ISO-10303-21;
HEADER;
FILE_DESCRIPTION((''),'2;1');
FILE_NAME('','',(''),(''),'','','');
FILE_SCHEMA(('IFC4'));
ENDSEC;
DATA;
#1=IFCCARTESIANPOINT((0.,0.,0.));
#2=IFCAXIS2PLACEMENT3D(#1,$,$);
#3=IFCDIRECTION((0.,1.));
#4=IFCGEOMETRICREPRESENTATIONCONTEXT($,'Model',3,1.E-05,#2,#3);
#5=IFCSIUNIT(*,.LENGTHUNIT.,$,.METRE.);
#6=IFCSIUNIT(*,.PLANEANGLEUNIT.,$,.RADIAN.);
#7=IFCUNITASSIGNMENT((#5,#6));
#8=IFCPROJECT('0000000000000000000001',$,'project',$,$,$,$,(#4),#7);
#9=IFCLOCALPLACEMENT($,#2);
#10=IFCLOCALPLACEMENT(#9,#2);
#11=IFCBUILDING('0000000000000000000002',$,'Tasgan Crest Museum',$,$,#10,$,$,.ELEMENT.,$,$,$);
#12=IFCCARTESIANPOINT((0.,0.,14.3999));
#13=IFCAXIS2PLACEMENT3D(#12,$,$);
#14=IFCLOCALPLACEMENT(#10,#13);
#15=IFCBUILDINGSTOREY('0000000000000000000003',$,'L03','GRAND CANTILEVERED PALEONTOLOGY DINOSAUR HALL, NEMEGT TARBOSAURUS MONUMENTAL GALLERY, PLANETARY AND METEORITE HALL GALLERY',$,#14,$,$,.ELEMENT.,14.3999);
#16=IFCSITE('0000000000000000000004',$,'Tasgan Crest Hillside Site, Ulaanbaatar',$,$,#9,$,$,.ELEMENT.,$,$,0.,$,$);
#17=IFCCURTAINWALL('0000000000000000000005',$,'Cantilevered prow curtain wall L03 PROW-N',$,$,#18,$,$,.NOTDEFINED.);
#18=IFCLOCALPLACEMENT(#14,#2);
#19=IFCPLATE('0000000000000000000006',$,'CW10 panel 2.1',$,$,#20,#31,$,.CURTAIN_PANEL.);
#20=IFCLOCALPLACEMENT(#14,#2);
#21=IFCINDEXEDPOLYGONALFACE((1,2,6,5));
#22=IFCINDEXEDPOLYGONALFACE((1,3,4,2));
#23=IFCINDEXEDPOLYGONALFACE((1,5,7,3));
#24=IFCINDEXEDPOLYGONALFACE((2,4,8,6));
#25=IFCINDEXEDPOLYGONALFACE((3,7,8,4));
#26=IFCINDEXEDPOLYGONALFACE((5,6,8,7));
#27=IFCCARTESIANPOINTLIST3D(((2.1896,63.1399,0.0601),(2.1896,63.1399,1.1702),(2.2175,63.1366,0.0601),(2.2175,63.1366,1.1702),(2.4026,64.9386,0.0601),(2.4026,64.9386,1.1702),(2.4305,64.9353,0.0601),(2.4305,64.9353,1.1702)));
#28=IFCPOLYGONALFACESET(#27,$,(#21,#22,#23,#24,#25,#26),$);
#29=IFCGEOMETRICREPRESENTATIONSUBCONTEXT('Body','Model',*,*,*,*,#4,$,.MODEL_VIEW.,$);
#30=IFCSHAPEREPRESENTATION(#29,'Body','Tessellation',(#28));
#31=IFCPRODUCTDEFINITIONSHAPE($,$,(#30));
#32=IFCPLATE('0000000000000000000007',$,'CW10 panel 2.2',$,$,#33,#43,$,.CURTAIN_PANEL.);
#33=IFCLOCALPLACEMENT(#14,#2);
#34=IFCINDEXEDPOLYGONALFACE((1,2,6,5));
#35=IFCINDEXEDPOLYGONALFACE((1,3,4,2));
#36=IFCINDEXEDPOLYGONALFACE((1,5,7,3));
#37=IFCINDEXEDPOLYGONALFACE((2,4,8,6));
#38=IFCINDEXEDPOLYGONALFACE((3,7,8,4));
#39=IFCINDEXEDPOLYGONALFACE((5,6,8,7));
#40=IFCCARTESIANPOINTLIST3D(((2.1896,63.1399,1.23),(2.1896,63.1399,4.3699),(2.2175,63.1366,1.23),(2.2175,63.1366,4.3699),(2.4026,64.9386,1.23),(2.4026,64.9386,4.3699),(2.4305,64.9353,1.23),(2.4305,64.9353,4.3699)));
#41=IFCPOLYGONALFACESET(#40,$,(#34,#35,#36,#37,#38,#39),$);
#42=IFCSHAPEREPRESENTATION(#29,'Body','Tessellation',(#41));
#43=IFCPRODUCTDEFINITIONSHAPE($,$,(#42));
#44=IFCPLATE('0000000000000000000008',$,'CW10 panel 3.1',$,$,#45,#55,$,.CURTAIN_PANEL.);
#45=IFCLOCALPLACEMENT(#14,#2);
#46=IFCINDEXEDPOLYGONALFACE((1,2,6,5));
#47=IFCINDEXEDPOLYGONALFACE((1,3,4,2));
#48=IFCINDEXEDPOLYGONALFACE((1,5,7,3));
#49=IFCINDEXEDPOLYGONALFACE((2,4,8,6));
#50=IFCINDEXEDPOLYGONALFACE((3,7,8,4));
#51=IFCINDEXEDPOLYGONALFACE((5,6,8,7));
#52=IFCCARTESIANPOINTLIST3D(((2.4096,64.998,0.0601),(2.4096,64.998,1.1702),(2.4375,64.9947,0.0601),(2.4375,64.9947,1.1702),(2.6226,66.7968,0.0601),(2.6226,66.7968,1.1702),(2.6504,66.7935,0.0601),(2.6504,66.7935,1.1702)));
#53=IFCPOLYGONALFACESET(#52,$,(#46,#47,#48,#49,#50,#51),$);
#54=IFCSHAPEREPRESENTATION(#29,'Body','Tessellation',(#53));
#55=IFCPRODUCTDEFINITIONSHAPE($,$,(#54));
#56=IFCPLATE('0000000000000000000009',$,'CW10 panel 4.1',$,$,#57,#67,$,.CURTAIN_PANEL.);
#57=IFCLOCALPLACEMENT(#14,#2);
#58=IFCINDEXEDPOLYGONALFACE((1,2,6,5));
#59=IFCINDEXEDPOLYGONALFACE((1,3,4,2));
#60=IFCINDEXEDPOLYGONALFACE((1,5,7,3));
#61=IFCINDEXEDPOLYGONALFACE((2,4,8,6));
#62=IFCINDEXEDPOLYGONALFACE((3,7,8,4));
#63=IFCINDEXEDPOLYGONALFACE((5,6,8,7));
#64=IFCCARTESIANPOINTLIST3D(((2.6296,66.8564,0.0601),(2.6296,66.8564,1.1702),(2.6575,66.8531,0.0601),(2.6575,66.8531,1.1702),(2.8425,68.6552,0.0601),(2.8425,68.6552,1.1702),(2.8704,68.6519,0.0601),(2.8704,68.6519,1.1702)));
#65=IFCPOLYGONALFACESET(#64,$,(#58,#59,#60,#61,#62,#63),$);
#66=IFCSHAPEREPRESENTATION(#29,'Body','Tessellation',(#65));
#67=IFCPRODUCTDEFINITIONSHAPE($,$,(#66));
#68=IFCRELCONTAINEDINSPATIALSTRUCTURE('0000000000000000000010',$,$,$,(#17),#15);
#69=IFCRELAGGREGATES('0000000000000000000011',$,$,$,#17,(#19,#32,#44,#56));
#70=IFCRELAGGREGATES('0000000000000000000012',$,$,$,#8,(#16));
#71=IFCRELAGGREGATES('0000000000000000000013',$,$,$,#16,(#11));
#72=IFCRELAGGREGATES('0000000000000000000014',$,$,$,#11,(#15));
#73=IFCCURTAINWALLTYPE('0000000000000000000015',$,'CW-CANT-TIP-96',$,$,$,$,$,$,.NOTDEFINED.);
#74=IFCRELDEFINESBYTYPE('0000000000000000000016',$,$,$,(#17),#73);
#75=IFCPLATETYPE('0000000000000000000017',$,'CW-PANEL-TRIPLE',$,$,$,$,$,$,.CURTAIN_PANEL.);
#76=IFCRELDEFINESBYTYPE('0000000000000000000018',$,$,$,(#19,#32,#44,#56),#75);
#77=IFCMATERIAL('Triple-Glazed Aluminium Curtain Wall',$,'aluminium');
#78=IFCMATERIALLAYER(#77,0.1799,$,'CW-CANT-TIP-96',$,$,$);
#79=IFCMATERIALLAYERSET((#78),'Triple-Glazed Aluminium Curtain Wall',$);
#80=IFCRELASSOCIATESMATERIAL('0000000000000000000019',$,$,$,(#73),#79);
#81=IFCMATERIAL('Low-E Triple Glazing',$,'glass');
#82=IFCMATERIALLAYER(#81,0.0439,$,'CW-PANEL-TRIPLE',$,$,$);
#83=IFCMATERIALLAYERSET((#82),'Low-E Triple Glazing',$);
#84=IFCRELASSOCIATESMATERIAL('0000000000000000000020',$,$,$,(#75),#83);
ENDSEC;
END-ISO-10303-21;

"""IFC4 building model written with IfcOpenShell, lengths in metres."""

from ifc_helpers import new_model, si_unit, direction, frame, origin, origin_2d, place, context, subcontext, project, spatial, rectangle, extrude, material, layer, layer_set, type_object, element, aggregate, save


model = new_model("IFC4")

# Units and contexts
model_context = context("Model", 3, precision=1e-05, world=origin(), true_north=direction((0.0, 1.0)))
body_context = subcontext(model_context, "Body", "Model", "MODEL_VIEW")
ifc_project = project(units=[si_unit("LENGTHUNIT", "METRE"), si_unit("PLANEANGLEUNIT", "RADIAN")], contexts=[model_context])

# Site, building, storey
site_placement = place(None, origin())
site = spatial("IfcSite", under=ifc_project, at=site_placement, Name="Tasgan Crest Hillside Site, Ulaanbaatar", CompositionType="ELEMENT", RefElevation=0.0)
building_placement = place(site_placement, origin())
building = spatial("IfcBuilding", under=site, at=building_placement, Name="Tasgan Crest Museum", CompositionType="ELEMENT")
storey_placement = place(building_placement, frame((0.0, 0.0, 14.3999)))
storey = spatial("IfcBuildingStorey", under=building, at=storey_placement, Name="L03", Description="GRAND CANTILEVERED PALEONTOLOGY DINOSAUR HALL, NEMEGT TARBOSAURUS MONUMENTAL GALLERY, PLANETARY AND METEORITE HALL GALLERY", CompositionType="ELEMENT", Elevation=14.3999)

# Shared definitions
ifc_material_1 = material(Name="Triple-Glazed Aluminium Curtain Wall", Category="aluminium")
ifc_layer_1 = layer(ifc_material_1, 0.1799, Name="CW-CANT-TIP-96")
ifc_layer_set_1 = layer_set([ifc_layer_1], Name="Triple-Glazed Aluminium Curtain Wall")
curtain_wall_type = type_object("IfcCurtainWallType", Name="CW-CANT-TIP-96", PredefinedType="NOTDEFINED", material=ifc_layer_set_1)

# Curtain wall
curtain_wall_1_placement = place(storey_placement, origin())
curtain_wall_1 = element("IfcCurtainWall", 1, at=curtain_wall_1_placement, inside=storey, type_object=curtain_wall_type, Name="Cantilevered prow curtain wall L03 PROW-N", PredefinedType="NOTDEFINED")

# Plates
ifc_material_2 = material(Name="Low-E Triple Glazing", Category="glass")
ifc_layer_2 = layer(ifc_material_2, 0.0439, Name="CW-PANEL-TRIPLE")
ifc_layer_set_2 = layer_set([ifc_layer_2], Name="Low-E Triple Glazing")
plate_type = type_object("IfcPlateType", Name="CW-PANEL-TRIPLE", PredefinedType="CURTAIN_PANEL", material=ifc_layer_set_2)
plate_1_placement = place(storey_placement, frame((2.3101, 64.0376, 0.0601), z_axis=(0.0, 0.0, 1.0), x_axis=(0.117565, 0.993065, 0.0)))
plate_1 = element("IfcPlate", 2, at=plate_1_placement, type_object=plate_type, Name="CW10 panel 2.1", PredefinedType="CURTAIN_PANEL", context=body_context, shape_type="SweptSolid", body=[
    extrude(rectangle(XDim=1.8113, YDim=0.0281, at=origin_2d()), origin(), (0.0, 0.0, 1.0), 1.1101),
])
plate_2_placement = place(storey_placement, frame((2.3101, 64.0376, 1.23), z_axis=(0.0, 0.0, 1.0), x_axis=(0.117565, 0.993065, 0.0)))
plate_2 = element("IfcPlate", 3, at=plate_2_placement, type_object=plate_type, Name="CW10 panel 2.2", PredefinedType="CURTAIN_PANEL", context=body_context, shape_type="SweptSolid", body=[
    extrude(rectangle(XDim=1.8113, YDim=0.0281, at=origin_2d()), origin(), (0.0, 0.0, 1.0), 3.1399),
])
plate_3_placement = place(storey_placement, frame((2.53, 65.8958, 0.0601), z_axis=(0.0, 0.0, 1.0), x_axis=(0.117565, 0.993065, 0.0)))
plate_3 = element("IfcPlate", 4, at=plate_3_placement, type_object=plate_type, Name="CW10 panel 3.1", PredefinedType="CURTAIN_PANEL", context=body_context, shape_type="SweptSolid", body=[
    extrude(rectangle(XDim=1.8113, YDim=0.0281, at=origin_2d()), origin(), (0.0, 0.0, 1.0), 1.1101),
])
plate_4_placement = place(storey_placement, frame((2.75, 67.7542, 0.0601), z_axis=(0.0, 0.0, 1.0), x_axis=(0.117565, 0.993065, 0.0)))
plate_4 = element("IfcPlate", 5, at=plate_4_placement, type_object=plate_type, Name="CW10 panel 4.1", PredefinedType="CURTAIN_PANEL", context=body_context, shape_type="SweptSolid", body=[
    extrude(rectangle(XDim=1.8113, YDim=0.0281, at=origin_2d()), origin(), (0.0, 0.0, 1.0), 1.1101),
])
aggregate(curtain_wall_1, [plate_1, plate_2, plate_3, plate_4])

save(model, "model.ifc")
